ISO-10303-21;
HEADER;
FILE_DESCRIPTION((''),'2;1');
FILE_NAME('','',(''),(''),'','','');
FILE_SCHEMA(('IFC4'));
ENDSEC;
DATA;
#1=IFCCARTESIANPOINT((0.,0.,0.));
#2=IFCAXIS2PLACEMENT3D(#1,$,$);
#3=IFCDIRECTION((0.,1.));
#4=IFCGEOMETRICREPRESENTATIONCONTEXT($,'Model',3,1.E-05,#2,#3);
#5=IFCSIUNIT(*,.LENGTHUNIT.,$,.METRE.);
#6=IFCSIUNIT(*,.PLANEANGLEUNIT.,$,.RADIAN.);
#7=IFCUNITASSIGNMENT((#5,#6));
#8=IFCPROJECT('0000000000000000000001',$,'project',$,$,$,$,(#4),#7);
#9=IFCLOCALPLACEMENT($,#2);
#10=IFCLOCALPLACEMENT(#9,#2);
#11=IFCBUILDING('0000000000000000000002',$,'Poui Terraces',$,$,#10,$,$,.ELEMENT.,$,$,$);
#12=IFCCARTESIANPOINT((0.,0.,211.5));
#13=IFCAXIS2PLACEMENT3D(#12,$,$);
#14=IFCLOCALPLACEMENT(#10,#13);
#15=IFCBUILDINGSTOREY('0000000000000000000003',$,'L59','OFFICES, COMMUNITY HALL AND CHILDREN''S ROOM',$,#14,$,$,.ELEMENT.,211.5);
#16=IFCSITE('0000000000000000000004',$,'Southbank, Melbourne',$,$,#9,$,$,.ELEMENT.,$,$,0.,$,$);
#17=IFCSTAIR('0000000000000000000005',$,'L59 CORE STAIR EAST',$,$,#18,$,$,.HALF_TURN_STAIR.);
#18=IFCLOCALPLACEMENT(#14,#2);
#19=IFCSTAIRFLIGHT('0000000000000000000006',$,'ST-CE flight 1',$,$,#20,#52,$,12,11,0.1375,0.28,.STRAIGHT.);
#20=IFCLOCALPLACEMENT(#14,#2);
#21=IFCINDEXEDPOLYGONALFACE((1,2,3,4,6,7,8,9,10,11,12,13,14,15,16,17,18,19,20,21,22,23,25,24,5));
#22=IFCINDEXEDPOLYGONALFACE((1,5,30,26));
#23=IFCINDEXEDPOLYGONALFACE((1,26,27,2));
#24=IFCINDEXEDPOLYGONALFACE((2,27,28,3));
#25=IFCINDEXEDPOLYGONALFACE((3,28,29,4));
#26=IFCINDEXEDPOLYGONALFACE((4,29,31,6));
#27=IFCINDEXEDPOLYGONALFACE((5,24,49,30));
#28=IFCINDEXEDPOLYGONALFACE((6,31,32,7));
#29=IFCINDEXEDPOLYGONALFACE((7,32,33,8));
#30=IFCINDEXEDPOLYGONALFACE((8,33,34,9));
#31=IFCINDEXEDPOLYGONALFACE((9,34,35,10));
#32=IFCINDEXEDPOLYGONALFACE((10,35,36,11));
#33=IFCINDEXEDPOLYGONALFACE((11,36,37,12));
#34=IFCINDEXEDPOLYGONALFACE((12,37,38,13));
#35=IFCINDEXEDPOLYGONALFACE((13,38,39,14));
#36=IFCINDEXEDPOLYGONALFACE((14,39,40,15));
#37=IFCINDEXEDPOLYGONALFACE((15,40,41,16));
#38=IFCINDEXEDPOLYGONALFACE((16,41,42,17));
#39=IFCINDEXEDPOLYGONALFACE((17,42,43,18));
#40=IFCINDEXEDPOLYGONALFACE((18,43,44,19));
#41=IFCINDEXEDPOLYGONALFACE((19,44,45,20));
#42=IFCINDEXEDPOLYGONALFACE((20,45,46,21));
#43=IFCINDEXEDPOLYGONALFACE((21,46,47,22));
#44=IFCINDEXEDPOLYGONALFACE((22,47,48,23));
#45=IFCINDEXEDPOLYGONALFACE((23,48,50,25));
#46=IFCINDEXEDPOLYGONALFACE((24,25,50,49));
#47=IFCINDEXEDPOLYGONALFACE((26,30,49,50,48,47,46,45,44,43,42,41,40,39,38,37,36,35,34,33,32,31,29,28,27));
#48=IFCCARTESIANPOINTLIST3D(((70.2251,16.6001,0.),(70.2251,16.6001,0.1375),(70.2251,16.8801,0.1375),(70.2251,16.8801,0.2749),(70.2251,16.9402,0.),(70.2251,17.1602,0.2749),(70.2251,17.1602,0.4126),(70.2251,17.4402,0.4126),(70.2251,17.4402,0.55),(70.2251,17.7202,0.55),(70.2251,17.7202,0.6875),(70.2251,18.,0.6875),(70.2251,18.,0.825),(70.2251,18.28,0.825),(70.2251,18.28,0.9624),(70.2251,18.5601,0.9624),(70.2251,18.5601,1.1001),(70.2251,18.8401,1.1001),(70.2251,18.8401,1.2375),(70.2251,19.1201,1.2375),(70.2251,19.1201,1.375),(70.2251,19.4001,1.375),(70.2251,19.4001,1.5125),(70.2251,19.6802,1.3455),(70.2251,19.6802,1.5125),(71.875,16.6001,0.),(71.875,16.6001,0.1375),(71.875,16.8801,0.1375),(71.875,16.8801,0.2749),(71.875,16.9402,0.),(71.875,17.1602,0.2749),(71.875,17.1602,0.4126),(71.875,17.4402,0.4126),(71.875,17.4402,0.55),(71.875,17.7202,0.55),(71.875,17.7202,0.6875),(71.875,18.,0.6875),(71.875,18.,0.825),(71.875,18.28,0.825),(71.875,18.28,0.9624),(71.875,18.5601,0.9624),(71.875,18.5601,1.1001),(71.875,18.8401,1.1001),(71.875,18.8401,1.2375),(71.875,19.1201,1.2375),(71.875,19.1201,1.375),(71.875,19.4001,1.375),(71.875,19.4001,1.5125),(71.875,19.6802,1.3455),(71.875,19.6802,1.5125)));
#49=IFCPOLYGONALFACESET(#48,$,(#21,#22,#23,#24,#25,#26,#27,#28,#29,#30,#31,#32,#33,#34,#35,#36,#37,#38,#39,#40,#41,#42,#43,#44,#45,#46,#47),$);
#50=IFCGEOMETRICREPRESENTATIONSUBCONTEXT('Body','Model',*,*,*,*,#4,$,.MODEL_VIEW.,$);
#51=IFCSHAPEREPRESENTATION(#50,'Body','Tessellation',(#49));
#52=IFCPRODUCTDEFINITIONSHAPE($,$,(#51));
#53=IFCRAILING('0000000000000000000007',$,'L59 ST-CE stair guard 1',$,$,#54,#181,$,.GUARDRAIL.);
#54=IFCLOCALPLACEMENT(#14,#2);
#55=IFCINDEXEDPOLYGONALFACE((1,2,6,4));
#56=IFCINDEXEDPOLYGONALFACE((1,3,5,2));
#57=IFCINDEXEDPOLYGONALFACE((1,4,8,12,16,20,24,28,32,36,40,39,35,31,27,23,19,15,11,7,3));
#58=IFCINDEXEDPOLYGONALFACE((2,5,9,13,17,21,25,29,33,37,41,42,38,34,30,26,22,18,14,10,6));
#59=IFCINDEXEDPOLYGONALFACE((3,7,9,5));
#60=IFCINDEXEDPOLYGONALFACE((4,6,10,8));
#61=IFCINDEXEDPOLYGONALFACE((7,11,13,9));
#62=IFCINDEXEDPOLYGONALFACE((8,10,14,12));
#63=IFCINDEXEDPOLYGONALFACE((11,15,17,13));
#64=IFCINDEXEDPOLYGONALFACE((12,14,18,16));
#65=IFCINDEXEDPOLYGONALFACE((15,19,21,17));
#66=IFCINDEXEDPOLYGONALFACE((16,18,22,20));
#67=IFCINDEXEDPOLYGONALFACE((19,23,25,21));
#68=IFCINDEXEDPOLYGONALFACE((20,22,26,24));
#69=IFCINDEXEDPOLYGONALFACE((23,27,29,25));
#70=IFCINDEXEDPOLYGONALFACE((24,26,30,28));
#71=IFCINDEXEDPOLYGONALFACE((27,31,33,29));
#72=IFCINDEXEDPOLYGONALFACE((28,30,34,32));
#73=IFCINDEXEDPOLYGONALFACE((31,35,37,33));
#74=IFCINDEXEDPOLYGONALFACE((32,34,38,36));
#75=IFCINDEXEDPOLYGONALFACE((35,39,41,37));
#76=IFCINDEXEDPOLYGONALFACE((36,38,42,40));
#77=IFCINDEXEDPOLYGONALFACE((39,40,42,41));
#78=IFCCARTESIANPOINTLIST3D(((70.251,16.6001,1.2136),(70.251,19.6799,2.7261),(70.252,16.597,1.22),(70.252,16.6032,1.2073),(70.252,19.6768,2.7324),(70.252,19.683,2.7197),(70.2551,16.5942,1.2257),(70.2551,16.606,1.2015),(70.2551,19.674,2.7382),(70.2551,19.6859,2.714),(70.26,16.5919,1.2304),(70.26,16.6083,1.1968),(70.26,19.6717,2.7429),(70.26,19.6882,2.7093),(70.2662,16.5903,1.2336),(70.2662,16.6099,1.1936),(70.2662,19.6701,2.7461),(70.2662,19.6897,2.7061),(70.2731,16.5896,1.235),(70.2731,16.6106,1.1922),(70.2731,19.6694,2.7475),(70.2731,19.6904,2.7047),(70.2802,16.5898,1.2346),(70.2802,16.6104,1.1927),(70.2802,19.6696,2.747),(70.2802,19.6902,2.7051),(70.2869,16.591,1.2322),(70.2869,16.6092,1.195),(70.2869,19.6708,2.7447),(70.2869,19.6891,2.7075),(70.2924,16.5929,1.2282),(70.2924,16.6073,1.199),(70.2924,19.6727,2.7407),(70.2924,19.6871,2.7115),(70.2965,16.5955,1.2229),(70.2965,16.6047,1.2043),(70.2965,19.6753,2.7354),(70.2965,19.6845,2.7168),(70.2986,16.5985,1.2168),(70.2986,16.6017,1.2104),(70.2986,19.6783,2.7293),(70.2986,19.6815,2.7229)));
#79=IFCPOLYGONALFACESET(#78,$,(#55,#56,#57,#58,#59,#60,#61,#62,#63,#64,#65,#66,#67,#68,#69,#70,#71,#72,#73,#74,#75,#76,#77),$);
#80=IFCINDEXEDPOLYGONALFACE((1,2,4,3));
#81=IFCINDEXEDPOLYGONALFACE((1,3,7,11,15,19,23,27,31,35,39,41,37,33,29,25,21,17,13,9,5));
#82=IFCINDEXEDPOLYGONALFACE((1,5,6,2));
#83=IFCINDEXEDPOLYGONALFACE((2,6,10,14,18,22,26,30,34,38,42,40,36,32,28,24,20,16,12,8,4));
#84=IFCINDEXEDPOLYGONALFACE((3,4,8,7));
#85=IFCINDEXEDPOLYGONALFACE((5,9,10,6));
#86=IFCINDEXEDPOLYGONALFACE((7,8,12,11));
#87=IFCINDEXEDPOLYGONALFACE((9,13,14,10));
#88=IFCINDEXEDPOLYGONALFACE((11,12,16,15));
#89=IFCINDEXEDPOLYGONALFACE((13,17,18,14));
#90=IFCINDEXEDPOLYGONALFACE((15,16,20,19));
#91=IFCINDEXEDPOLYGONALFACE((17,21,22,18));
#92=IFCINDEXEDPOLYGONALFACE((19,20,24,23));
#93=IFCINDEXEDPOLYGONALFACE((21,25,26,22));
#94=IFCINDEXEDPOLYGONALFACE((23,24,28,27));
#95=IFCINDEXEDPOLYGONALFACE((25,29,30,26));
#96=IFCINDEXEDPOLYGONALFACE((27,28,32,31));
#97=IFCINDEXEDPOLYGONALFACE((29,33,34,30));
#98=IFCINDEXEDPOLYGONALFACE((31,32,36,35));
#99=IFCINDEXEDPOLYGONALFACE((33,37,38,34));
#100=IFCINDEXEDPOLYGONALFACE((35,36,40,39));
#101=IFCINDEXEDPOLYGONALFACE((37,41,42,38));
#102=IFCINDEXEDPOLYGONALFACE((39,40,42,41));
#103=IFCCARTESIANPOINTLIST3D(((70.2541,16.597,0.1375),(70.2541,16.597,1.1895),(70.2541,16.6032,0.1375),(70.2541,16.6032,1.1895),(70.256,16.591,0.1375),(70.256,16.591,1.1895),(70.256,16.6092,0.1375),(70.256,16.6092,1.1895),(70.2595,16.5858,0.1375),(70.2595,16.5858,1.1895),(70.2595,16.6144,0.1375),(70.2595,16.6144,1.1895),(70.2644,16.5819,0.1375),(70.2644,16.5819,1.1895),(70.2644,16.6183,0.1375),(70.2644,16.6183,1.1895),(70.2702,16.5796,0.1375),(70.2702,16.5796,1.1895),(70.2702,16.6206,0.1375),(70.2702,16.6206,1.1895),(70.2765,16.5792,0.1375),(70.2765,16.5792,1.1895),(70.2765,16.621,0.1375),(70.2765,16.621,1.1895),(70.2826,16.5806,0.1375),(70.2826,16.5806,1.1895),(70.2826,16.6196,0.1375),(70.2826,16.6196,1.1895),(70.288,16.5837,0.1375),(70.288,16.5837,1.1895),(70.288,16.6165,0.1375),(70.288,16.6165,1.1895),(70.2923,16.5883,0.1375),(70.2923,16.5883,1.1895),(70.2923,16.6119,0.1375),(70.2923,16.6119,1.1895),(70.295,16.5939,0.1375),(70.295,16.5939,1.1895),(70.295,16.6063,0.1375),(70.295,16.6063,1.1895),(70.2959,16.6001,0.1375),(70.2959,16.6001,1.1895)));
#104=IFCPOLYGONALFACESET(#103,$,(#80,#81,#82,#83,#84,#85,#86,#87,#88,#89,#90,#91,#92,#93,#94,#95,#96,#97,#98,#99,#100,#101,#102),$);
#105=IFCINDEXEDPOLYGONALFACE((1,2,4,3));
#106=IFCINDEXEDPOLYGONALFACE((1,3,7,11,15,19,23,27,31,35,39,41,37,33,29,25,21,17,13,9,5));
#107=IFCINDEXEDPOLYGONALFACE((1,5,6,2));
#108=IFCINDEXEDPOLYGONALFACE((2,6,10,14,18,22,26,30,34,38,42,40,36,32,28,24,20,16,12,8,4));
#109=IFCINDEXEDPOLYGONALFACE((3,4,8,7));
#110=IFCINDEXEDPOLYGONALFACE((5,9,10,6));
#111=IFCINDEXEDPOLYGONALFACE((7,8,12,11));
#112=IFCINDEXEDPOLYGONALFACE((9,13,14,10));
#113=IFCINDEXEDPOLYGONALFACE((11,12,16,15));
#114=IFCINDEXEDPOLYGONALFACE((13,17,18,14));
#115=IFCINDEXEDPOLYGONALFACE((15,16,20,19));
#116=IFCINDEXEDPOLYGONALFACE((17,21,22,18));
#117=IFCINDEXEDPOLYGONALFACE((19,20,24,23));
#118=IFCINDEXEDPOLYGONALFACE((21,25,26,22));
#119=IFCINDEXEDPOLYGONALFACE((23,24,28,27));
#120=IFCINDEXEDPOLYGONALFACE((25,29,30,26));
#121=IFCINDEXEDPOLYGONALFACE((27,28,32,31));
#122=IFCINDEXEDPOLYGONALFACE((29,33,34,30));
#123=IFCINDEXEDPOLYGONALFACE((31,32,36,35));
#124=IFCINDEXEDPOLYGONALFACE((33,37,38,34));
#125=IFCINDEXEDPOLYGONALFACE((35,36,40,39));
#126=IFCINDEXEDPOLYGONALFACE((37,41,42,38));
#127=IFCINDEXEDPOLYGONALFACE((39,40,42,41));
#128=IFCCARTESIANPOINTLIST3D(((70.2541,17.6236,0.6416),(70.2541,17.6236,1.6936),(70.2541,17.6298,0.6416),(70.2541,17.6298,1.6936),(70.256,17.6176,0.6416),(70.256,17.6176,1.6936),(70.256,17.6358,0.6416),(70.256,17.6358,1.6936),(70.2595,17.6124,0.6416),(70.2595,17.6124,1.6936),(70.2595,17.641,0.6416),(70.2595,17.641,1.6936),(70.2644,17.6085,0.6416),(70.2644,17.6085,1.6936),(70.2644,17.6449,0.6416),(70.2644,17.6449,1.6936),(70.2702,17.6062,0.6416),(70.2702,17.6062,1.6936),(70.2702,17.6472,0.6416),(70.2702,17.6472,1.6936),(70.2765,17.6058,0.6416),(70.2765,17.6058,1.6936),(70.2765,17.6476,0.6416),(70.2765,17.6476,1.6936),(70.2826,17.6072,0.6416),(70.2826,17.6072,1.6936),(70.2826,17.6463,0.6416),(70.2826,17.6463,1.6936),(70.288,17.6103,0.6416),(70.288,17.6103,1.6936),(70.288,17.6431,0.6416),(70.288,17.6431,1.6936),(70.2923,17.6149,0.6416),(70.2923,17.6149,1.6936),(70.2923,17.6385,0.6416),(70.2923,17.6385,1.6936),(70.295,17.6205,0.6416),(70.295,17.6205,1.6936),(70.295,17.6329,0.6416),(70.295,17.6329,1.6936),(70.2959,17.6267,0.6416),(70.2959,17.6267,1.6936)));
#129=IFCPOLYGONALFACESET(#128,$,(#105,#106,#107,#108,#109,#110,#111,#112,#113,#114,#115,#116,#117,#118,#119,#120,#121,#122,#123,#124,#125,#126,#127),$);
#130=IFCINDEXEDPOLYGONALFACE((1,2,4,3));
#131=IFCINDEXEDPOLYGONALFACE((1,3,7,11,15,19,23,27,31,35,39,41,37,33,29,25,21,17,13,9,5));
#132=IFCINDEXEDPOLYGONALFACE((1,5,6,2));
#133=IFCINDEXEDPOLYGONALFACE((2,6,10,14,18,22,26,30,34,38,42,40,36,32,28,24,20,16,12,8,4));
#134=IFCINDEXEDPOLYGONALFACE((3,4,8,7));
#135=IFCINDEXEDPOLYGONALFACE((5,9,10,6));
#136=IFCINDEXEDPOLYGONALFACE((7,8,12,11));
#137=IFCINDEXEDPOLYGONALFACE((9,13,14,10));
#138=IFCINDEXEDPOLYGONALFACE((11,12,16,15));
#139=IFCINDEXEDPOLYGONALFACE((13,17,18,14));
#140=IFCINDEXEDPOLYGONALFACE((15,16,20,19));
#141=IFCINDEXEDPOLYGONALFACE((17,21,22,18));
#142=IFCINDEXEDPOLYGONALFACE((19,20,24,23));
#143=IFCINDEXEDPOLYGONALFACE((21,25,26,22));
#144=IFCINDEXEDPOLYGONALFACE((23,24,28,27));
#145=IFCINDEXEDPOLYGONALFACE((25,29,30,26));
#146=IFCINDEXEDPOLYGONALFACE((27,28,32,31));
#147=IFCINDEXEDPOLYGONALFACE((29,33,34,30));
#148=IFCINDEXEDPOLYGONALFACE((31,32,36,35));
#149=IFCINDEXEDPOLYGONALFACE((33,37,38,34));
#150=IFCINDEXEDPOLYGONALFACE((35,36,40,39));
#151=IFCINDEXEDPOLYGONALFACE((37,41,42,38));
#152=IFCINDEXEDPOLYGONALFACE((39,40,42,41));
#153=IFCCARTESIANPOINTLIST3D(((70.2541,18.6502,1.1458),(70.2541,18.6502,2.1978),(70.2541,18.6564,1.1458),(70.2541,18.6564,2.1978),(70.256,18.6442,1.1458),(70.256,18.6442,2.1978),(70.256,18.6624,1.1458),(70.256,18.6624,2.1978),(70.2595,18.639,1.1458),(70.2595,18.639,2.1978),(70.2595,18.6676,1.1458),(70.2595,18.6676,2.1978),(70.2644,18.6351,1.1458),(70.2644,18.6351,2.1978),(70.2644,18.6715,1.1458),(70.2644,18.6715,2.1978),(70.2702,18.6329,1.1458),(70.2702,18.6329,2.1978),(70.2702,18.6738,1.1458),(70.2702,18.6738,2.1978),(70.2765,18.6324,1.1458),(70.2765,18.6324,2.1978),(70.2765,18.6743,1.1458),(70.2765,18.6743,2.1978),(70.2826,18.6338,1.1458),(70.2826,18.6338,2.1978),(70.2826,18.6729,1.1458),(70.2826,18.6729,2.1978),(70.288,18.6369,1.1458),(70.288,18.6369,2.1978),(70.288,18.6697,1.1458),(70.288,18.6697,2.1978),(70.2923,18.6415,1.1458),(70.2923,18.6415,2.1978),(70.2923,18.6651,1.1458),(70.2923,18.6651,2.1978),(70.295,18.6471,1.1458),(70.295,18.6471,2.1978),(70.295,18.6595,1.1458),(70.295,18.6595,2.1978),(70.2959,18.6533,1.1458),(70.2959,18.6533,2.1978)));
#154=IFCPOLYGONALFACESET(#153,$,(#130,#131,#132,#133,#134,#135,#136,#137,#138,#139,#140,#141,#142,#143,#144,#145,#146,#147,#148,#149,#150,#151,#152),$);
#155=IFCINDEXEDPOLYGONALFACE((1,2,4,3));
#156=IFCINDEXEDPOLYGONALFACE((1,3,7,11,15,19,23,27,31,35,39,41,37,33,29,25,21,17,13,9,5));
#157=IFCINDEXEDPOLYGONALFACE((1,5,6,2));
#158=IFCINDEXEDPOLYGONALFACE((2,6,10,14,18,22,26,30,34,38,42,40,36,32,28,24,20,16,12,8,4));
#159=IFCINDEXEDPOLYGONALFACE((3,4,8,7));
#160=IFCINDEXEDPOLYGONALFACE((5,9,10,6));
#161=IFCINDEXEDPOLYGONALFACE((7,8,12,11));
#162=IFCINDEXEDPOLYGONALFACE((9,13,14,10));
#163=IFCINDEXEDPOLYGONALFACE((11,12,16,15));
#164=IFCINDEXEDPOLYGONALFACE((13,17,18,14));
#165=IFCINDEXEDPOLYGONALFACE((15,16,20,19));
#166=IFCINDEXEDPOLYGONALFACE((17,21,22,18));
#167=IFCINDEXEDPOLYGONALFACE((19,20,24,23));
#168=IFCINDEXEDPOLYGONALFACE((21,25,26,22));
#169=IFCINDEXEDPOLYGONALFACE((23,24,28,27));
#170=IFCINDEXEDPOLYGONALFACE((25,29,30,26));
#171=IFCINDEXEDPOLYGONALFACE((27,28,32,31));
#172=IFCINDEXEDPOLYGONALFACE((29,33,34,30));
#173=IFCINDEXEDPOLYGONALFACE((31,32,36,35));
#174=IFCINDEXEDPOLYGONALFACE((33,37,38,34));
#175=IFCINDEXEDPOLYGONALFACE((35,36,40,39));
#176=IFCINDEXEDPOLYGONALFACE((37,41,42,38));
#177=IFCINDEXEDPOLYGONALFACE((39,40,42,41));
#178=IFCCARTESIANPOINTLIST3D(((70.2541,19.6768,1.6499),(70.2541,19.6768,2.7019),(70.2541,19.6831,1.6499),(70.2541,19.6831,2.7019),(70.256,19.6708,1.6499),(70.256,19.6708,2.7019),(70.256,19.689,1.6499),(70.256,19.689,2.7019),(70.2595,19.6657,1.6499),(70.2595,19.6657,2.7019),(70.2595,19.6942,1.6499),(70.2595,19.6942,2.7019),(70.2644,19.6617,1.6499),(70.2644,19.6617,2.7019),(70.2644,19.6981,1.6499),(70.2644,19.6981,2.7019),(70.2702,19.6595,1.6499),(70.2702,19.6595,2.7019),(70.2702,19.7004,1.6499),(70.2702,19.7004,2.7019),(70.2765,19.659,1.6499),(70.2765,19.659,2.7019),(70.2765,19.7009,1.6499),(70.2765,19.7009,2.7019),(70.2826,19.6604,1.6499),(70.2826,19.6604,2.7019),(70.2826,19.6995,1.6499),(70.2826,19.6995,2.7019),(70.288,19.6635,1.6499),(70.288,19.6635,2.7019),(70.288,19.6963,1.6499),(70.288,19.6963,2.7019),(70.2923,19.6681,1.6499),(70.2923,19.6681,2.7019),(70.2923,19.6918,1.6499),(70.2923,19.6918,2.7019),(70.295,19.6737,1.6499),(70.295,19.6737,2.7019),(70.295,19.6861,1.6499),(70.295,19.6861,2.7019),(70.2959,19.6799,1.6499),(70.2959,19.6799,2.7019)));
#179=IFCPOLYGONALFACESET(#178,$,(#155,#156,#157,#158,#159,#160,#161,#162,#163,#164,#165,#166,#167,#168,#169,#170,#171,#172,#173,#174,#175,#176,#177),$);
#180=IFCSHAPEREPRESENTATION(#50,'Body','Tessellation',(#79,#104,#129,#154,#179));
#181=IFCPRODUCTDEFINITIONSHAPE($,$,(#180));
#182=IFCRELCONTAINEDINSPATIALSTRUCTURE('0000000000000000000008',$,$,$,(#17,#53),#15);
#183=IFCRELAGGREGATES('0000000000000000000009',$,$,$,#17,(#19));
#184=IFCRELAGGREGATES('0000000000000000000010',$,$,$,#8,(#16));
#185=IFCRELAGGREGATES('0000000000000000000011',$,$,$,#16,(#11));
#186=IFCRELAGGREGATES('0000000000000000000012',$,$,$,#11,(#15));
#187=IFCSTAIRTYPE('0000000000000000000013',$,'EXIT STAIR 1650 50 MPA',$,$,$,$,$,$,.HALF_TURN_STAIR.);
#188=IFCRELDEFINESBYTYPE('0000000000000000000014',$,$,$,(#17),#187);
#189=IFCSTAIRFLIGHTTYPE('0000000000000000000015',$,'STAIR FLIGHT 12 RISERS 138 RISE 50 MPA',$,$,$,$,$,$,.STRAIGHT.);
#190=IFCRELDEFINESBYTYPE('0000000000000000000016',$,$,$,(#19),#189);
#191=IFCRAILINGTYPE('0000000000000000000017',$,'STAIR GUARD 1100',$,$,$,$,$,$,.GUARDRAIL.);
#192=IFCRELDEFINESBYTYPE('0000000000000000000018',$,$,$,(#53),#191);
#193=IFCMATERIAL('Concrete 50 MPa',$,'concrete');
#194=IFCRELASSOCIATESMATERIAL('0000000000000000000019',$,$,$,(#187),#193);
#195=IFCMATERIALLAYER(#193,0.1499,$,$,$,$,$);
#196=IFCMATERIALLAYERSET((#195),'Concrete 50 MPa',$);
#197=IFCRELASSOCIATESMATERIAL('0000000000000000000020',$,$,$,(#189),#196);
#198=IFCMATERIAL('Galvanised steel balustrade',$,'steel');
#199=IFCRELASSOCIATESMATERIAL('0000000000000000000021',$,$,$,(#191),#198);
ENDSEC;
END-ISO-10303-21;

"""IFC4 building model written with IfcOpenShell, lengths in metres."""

from ifc_helpers import new_model, si_unit, direction, frame, origin, origin_2d, place, context, subcontext, project, spatial, polyline, circle, outline, extrude, material, layer, layer_set, type_object, element, aggregate, save


model = new_model("IFC4")

# Units and contexts
model_context = context("Model", 3, precision=1e-05, world=origin(), true_north=direction((0.0, 1.0)))
body_context = subcontext(model_context, "Body", "Model", "MODEL_VIEW")
ifc_project = project(units=[si_unit("LENGTHUNIT", "METRE"), si_unit("PLANEANGLEUNIT", "RADIAN")], contexts=[model_context])

# Site, building, storey
site_placement = place(None, origin())
site = spatial("IfcSite", under=ifc_project, at=site_placement, Name="Southbank, Melbourne", CompositionType="ELEMENT", RefElevation=0.0)
building_placement = place(site_placement, origin())
building = spatial("IfcBuilding", under=site, at=building_placement, Name="Poui Terraces", CompositionType="ELEMENT")
storey_placement = place(building_placement, frame((0.0, 0.0, 211.5)))
storey = spatial("IfcBuildingStorey", under=building, at=storey_placement, Name="L59", Description="OFFICES, COMMUNITY HALL AND CHILDREN'S ROOM", CompositionType="ELEMENT", Elevation=211.5)

# Shared definitions
ifc_material_1 = material(Name="Concrete 50 MPa", Category="concrete")

# Stair, stair flight
stair_type = type_object("IfcStairType", Name="EXIT STAIR 1650 50 MPA", PredefinedType="HALF_TURN_STAIR", material=ifc_material_1)
stair_placement = place(storey_placement, origin())
stair = element("IfcStair", 1, at=stair_placement, inside=storey, type_object=stair_type, Name="L59 CORE STAIR EAST", PredefinedType="HALF_TURN_STAIR")
ifc_layer_1 = layer(ifc_material_1, 0.1499)
ifc_layer_set_1 = layer_set([ifc_layer_1], Name="Concrete 50 MPa")
stair_flight_type = type_object("IfcStairFlightType", Name="STAIR FLIGHT 12 RISERS 138 RISE 50 MPA", PredefinedType="STRAIGHT", material=ifc_layer_set_1)
stair_flight_placement = place(storey_placement, frame((71.05, 16.6001, 0.0), z_axis=(0.0, 0.0, 1.0), x_axis=(0.0, 1.0, 0.0)))
stair_flight = element("IfcStairFlight", 2, at=stair_flight_placement, type_object=stair_flight_type, Name="ST-CE flight 1", NumberOfRisers=12, NumberOfTreads=11, PredefinedType="STRAIGHT", RiserHeight=0.1375, TreadLength=0.28, context=body_context, shape_type="SweptSolid", body=[
    extrude(outline(polyline([(0.0, 0.0), (0.0, 0.1375), (0.28, 0.1375), (0.28, 0.2749), (0.5601, 0.2749), (0.5601, 0.4126), (0.8401, 0.4126), (0.8401, 0.55), (1.1201, 0.55), (1.1201, 0.6875), (1.3999, 0.6875), (1.3999, 0.825), (1.6799, 0.825), (1.6799, 0.9624), (1.96, 0.9624), (1.96, 1.1001), (2.24, 1.1001), (2.24, 1.2375), (2.52, 1.2375), (2.52, 1.375), (2.8, 1.375), (2.8, 1.5125), (3.0801, 1.5125), (3.0801, 1.6499), (3.0801, 1.3455), (0.3401, 0.0), (0.0, 0.0)])), frame((0.0, 0.825, 0.0), z_axis=(0.0, -1.0, 0.0), x_axis=(1.0, 0.0, 0.0)), (0.0, 0.0, 1.0), 1.6499),
])
aggregate(stair, [stair_flight])

# Railing
ifc_material_2 = material(Name="Galvanised steel balustrade", Category="steel")
railing_type = type_object("IfcRailingType", Name="STAIR GUARD 1100", PredefinedType="GUARDRAIL", material=ifc_material_2)
railing_1_placement = place(storey_placement, frame((70.2749, 16.6001, 0.1375)))
element("IfcRailing", 3, at=railing_1_placement, inside=storey, type_object=railing_type, Name="L59 ST-CE stair guard 1", PredefinedType="GUARDRAIL", context=body_context, shape_type="SweptSolid", body=[
    extrude(circle(Radius=0.0239, at=origin_2d()), frame((0.0, 0.0, 1.0762), z_axis=(0.0, 0.897606, 0.440798), x_axis=(-1.0, 0.0, 0.0)), (0.0, 0.0, 1.0), 3.4312),
    extrude(circle(Radius=0.021, at=origin_2d()), origin(), (0.0, 0.0, 1.0), 1.052),
    extrude(circle(Radius=0.021, at=origin_2d()), frame((0.0, 1.0266, 0.5042)), (0.0, 0.0, 1.0), 1.052),
    extrude(circle(Radius=0.021, at=origin_2d()), frame((0.0, 2.0532, 1.0083)), (0.0, 0.0, 1.0), 1.052),
    extrude(circle(Radius=0.021, at=origin_2d()), frame((0.0, 3.0798, 1.5125)), (0.0, 0.0, 1.0), 1.052),
])

save(model, "model.ifc")
